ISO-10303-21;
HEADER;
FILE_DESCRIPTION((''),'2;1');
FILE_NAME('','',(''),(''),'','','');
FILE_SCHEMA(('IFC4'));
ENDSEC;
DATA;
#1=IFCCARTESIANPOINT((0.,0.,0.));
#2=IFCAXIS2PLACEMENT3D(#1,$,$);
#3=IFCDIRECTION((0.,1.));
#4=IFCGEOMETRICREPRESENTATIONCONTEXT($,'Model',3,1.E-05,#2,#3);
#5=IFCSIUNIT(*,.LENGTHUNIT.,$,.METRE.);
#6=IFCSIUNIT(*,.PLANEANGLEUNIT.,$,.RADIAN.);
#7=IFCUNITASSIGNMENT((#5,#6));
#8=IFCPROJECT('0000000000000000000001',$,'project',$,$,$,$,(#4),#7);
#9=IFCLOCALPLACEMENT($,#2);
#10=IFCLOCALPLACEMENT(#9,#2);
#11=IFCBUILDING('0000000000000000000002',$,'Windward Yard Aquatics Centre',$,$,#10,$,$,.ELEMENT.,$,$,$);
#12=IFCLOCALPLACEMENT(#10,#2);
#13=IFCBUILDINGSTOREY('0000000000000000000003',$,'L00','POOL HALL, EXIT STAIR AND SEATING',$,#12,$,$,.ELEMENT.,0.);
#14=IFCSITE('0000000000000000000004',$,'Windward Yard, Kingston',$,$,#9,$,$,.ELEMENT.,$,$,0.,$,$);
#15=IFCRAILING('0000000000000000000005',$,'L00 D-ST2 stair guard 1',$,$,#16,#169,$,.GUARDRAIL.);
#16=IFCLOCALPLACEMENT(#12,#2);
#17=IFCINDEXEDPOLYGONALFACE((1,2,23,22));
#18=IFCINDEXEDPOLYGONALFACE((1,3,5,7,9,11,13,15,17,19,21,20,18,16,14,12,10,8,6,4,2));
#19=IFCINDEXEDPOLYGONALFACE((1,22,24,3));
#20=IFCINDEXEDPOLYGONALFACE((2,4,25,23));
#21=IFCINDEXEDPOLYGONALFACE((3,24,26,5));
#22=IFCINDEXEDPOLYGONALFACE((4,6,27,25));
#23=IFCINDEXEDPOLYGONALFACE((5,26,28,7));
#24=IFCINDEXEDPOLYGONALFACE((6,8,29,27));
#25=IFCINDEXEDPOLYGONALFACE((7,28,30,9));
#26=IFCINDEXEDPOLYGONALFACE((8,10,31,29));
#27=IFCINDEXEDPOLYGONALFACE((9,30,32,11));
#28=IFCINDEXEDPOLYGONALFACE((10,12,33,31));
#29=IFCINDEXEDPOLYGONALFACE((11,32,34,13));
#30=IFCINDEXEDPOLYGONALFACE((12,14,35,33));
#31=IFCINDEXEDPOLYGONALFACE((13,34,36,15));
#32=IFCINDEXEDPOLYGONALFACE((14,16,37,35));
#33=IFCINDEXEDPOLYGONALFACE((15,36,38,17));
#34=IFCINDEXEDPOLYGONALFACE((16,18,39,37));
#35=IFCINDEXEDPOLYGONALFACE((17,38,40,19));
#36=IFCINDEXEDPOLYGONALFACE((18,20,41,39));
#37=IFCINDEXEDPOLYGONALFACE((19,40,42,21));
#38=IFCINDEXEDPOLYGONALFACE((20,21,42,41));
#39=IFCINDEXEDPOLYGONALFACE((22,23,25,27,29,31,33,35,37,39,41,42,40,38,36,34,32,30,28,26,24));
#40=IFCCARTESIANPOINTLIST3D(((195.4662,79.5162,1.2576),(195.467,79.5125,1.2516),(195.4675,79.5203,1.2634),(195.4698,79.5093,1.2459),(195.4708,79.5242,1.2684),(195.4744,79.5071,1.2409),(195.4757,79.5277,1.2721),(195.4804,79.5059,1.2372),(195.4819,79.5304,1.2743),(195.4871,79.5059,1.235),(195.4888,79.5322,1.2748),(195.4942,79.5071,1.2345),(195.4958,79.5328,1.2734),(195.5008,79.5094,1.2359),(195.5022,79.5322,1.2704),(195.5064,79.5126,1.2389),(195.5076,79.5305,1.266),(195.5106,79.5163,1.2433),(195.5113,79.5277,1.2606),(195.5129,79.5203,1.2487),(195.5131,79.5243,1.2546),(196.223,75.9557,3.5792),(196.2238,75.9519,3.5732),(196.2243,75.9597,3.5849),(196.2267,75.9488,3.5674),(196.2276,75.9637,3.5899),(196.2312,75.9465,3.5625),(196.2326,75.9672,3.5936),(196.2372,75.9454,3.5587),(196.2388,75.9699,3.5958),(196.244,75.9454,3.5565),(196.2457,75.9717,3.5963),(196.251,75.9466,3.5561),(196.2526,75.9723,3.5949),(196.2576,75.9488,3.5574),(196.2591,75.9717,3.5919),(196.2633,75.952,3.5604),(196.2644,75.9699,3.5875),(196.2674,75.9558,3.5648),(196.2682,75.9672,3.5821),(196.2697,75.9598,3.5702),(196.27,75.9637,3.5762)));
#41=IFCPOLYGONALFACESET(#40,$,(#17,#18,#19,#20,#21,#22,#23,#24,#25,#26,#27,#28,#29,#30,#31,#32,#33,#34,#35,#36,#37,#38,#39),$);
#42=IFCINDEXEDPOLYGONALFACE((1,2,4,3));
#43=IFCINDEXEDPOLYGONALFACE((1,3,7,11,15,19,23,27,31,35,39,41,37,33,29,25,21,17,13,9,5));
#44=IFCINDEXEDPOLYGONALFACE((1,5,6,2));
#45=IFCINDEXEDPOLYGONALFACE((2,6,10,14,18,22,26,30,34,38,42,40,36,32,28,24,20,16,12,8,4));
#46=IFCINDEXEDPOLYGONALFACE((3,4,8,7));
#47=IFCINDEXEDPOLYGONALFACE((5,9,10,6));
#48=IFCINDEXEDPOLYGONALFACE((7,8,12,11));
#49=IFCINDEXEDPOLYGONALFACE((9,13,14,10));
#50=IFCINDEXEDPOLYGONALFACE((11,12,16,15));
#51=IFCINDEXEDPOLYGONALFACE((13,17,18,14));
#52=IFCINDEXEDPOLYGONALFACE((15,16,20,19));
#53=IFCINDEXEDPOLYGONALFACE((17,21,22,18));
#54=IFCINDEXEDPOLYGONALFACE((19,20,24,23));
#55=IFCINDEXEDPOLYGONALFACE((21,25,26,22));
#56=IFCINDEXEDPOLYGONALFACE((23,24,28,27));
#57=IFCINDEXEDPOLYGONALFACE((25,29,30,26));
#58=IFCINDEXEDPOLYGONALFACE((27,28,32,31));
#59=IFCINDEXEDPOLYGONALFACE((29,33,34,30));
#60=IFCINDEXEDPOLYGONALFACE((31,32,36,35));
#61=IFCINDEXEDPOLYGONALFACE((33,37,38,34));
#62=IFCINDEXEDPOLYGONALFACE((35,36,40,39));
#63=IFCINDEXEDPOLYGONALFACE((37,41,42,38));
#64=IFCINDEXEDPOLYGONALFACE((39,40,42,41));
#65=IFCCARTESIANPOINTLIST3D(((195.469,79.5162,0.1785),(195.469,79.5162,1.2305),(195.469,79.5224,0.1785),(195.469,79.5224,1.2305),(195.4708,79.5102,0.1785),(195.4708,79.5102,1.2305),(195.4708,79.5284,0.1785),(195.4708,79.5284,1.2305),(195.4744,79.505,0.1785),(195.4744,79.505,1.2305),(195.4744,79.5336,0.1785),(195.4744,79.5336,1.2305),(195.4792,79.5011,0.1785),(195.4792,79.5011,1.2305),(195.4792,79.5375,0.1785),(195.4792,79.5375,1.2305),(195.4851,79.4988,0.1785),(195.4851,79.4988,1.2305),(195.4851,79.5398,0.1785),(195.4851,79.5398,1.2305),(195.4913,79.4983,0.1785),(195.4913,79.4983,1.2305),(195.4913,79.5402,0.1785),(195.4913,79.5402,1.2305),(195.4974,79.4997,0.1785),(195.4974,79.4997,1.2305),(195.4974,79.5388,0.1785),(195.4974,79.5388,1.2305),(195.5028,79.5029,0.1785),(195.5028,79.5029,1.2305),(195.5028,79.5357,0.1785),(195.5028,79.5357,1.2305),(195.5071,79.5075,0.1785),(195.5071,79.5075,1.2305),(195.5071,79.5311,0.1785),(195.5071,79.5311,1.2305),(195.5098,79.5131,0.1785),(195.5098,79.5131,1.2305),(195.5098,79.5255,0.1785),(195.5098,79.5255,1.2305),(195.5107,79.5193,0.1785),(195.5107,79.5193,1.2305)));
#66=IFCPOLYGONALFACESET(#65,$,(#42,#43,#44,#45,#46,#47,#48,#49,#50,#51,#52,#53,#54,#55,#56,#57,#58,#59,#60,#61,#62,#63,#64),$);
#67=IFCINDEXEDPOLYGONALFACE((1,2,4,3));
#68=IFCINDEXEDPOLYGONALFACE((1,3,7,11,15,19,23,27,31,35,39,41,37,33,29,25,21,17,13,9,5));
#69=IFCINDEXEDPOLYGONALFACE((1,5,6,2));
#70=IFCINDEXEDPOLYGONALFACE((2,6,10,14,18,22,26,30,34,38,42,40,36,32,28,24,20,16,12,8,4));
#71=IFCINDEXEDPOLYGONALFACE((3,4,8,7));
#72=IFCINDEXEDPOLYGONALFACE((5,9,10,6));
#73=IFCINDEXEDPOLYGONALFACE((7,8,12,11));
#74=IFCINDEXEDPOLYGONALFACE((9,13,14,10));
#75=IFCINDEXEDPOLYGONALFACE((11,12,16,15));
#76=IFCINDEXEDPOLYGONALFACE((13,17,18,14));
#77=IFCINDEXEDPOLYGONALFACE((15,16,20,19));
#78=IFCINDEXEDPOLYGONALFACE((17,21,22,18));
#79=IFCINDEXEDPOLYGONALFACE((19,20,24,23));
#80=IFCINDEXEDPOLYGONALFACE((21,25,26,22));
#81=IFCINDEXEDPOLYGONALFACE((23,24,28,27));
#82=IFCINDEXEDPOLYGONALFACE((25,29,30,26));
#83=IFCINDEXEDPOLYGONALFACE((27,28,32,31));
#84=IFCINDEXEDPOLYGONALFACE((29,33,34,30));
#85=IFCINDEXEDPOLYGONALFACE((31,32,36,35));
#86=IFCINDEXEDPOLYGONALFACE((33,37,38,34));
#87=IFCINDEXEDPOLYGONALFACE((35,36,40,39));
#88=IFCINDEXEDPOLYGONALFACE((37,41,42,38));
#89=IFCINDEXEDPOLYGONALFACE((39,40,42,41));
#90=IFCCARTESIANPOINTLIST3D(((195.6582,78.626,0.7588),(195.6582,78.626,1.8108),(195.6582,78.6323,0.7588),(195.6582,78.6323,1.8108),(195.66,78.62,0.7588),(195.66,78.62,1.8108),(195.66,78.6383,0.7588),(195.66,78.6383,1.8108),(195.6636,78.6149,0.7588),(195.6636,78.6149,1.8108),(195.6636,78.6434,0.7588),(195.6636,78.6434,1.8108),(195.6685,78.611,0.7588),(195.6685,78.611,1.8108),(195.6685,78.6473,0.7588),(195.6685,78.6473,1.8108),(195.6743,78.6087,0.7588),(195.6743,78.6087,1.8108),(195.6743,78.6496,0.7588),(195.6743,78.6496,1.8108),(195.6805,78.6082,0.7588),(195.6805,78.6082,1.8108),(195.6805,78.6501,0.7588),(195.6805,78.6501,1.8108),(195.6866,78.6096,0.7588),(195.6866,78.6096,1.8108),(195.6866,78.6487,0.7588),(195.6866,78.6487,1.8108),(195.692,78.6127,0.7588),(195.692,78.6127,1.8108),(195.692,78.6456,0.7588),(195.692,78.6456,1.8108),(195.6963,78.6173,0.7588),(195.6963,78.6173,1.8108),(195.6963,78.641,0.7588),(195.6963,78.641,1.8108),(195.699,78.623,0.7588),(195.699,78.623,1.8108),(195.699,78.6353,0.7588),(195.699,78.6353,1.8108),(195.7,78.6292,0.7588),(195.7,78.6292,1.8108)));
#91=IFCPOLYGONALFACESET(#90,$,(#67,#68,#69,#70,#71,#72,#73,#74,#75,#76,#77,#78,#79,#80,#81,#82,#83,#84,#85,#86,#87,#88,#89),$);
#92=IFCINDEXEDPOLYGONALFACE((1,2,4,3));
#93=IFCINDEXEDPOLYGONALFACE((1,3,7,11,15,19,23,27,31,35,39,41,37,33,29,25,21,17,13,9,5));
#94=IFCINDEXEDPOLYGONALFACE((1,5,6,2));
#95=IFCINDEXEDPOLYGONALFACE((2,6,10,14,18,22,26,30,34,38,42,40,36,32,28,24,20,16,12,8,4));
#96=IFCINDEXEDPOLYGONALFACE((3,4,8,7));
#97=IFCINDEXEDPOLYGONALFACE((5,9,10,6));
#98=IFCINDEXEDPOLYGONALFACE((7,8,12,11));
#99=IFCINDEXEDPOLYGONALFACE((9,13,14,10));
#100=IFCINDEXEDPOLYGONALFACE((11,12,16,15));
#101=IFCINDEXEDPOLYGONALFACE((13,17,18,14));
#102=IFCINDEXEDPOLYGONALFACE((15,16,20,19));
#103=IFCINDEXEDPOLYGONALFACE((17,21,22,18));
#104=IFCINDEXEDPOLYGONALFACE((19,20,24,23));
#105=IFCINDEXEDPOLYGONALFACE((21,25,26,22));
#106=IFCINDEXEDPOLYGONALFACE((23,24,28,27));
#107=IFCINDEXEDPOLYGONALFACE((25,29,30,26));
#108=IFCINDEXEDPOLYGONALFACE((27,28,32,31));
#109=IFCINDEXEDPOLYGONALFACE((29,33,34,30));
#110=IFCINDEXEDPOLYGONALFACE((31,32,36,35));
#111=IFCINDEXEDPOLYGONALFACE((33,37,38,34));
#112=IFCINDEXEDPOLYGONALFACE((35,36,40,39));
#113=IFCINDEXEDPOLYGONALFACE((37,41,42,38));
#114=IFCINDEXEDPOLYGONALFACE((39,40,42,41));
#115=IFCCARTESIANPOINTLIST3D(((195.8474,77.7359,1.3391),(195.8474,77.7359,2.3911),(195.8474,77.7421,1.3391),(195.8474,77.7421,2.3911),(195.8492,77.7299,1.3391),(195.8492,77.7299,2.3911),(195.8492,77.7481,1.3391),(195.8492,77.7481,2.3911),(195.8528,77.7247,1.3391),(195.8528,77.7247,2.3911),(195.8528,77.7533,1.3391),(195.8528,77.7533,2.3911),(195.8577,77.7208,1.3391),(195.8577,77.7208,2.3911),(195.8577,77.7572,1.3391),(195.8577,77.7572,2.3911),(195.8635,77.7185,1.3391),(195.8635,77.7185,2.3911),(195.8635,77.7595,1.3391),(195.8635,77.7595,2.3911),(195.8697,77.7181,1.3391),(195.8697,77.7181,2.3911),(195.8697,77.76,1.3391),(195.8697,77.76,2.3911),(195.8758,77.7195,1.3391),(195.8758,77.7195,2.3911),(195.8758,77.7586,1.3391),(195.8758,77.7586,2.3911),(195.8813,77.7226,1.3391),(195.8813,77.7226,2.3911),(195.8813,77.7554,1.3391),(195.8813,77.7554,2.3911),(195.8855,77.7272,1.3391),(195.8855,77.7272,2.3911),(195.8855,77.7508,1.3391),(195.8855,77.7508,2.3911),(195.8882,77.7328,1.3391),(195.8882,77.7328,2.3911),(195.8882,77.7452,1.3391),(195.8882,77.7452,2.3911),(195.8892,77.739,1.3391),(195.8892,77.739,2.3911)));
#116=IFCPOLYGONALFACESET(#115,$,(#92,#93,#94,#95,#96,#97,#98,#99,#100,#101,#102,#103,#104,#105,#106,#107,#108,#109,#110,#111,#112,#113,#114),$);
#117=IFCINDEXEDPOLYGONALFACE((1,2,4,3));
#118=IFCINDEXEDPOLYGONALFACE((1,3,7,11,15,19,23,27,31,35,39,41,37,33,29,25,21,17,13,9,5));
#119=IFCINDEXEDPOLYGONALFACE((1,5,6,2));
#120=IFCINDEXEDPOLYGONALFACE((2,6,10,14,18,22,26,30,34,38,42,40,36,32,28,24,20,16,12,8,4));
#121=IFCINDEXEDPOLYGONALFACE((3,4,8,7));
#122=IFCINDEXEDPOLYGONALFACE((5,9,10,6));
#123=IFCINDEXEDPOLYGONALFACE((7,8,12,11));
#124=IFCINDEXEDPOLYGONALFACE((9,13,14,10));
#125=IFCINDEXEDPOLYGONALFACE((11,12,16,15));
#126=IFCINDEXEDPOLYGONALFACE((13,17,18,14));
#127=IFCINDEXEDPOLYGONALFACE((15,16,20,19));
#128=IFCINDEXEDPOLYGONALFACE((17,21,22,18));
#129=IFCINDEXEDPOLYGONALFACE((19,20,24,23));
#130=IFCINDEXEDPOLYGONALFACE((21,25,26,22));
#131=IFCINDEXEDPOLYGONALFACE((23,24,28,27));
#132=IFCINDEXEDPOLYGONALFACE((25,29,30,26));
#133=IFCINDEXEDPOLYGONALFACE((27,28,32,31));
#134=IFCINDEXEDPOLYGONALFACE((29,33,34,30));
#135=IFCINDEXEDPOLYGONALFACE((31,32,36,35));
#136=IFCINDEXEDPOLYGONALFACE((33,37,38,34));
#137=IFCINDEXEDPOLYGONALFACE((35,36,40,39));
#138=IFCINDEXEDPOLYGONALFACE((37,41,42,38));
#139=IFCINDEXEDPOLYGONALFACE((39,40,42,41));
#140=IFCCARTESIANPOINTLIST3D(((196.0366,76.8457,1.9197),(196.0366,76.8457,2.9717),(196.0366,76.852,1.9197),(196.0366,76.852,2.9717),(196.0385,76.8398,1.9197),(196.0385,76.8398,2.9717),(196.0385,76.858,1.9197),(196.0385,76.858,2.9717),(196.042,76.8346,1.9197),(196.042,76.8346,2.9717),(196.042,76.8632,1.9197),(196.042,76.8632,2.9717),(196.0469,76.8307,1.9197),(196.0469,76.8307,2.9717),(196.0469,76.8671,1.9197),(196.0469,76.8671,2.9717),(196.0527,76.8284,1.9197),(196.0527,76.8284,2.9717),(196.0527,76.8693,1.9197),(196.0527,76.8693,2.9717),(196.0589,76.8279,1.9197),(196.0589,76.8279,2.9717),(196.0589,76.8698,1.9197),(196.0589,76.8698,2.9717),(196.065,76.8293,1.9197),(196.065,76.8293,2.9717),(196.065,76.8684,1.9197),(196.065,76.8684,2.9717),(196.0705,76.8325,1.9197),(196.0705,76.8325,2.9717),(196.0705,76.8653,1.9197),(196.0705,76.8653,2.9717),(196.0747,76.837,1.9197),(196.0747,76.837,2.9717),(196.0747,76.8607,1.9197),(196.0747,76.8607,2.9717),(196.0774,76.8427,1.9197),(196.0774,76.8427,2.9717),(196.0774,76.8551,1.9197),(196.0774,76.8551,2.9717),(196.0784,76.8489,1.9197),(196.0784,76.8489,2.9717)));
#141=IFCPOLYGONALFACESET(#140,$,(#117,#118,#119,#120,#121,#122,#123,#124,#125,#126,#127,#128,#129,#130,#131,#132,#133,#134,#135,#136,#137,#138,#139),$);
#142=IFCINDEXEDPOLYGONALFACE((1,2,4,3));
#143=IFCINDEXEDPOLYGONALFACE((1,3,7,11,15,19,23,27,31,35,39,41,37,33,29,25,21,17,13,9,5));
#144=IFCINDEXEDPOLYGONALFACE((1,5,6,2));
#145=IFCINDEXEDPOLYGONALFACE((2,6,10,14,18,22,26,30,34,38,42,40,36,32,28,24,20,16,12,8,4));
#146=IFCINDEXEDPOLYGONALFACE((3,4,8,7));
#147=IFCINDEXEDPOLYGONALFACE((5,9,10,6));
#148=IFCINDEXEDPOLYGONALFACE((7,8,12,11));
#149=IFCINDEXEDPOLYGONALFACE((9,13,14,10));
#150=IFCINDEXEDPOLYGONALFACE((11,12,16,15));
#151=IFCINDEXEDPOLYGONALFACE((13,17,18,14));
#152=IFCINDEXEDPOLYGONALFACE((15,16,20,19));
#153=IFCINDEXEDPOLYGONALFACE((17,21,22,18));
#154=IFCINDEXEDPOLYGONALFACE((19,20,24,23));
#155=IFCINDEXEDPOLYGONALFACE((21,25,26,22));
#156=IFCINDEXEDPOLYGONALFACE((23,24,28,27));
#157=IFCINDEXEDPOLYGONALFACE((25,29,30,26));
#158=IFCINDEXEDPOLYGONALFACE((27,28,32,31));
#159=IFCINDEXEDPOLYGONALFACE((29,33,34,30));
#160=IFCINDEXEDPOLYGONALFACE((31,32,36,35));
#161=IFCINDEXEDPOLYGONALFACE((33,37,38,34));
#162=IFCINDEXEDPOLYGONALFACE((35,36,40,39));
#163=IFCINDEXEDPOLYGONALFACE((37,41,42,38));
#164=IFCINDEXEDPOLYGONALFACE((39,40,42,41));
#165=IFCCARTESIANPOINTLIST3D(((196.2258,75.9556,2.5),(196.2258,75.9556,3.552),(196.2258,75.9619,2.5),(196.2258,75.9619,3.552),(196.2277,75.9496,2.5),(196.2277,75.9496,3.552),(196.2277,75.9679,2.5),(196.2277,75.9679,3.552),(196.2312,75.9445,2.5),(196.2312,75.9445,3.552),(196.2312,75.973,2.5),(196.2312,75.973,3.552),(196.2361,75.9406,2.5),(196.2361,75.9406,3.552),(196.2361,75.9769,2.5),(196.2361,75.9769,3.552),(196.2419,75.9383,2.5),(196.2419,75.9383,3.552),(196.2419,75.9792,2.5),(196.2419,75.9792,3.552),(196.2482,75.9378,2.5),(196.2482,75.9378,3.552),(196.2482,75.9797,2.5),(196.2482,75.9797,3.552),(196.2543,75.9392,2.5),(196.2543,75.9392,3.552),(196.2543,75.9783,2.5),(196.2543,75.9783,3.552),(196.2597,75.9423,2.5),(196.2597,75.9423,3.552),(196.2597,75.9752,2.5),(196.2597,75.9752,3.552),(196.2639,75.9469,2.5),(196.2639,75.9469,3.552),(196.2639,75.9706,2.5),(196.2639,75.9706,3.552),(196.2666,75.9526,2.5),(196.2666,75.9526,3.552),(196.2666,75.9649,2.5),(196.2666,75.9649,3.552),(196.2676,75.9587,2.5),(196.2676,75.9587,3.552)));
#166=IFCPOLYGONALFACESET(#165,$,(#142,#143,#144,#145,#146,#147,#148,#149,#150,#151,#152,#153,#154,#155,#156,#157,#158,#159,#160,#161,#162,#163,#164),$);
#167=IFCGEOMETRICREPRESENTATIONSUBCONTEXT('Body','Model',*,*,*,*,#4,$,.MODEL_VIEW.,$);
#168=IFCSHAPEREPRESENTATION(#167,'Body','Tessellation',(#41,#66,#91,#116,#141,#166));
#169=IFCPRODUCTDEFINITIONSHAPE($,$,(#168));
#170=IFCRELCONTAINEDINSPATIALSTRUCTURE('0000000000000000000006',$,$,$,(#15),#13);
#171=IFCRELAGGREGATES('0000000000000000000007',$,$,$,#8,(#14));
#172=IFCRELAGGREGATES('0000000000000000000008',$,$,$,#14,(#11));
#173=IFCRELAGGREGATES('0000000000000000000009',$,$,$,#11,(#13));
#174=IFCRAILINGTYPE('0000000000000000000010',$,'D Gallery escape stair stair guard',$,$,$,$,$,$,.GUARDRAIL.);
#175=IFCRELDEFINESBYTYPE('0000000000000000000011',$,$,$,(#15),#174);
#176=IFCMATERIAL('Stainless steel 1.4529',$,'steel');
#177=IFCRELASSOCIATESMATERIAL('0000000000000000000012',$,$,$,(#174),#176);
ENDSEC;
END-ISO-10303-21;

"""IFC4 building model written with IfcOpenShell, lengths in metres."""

from ifc_helpers import new_model, si_unit, direction, frame, origin, origin_2d, place, context, subcontext, project, spatial, circle, extrude, material, type_object, element, save


model = new_model("IFC4")

# Units and contexts
model_context = context("Model", 3, precision=1e-05, world=origin(), true_north=direction((0.0, 1.0)))
body_context = subcontext(model_context, "Body", "Model", "MODEL_VIEW")
ifc_project = project(units=[si_unit("LENGTHUNIT", "METRE"), si_unit("PLANEANGLEUNIT", "RADIAN")], contexts=[model_context])

# Site, building, storey
site_placement = place(None, origin())
site = spatial("IfcSite", under=ifc_project, at=site_placement, Name="Windward Yard, Kingston", CompositionType="ELEMENT", RefElevation=0.0)
building_placement = place(site_placement, origin())
building = spatial("IfcBuilding", under=site, at=building_placement, Name="Windward Yard Aquatics Centre", CompositionType="ELEMENT")
storey_placement = place(building_placement, origin())
storey = spatial("IfcBuildingStorey", under=building, at=storey_placement, Name="L00", Description="POOL HALL, EXIT STAIR AND SEATING", CompositionType="ELEMENT", Elevation=0.0)

# Railing
ifc_material_1 = material(Name="Stainless steel 1.4529", Category="steel")
railing_type_1 = type_object("IfcRailingType", Name="D Gallery escape stair stair guard", PredefinedType="GUARDRAIL", material=ifc_material_1)
railing_1_placement = place(storey_placement, frame((195.4897, 79.5193, 0.1785)))
element("IfcRailing", 1, at=railing_1_placement, inside=storey, type_object=railing_type_1, Name="L00 D-ST2 stair guard 1", PredefinedType="GUARDRAIL", context=body_context, shape_type="SweptSolid", body=[
    extrude(circle(Radius=0.0239, at=origin_2d()), frame((0.0, 0.0, 1.0762), z_axis=(0.1753, -0.8247, 0.537717), x_axis=(0.978147, 0.207917, 0.0)), (0.0, 0.0, 1.0), 4.3174),
    extrude(circle(Radius=0.021, at=origin_2d()), origin(), (0.0, 0.0, 1.0), 1.052),
    extrude(circle(Radius=0.021, at=origin_2d()), frame((0.1892, -0.8901, 0.5803)), (0.0, 0.0, 1.0), 1.052),
    extrude(circle(Radius=0.021, at=origin_2d()), frame((0.3784, -1.7803, 1.1606)), (0.0, 0.0, 1.0), 1.052),
    extrude(circle(Radius=0.021, at=origin_2d()), frame((0.5676, -2.6704, 1.7412)), (0.0, 0.0, 1.0), 1.052),
    extrude(circle(Radius=0.021, at=origin_2d()), frame((0.7568, -3.5605, 2.3215)), (0.0, 0.0, 1.0), 1.052),
])

save(model, "model.ifc")
